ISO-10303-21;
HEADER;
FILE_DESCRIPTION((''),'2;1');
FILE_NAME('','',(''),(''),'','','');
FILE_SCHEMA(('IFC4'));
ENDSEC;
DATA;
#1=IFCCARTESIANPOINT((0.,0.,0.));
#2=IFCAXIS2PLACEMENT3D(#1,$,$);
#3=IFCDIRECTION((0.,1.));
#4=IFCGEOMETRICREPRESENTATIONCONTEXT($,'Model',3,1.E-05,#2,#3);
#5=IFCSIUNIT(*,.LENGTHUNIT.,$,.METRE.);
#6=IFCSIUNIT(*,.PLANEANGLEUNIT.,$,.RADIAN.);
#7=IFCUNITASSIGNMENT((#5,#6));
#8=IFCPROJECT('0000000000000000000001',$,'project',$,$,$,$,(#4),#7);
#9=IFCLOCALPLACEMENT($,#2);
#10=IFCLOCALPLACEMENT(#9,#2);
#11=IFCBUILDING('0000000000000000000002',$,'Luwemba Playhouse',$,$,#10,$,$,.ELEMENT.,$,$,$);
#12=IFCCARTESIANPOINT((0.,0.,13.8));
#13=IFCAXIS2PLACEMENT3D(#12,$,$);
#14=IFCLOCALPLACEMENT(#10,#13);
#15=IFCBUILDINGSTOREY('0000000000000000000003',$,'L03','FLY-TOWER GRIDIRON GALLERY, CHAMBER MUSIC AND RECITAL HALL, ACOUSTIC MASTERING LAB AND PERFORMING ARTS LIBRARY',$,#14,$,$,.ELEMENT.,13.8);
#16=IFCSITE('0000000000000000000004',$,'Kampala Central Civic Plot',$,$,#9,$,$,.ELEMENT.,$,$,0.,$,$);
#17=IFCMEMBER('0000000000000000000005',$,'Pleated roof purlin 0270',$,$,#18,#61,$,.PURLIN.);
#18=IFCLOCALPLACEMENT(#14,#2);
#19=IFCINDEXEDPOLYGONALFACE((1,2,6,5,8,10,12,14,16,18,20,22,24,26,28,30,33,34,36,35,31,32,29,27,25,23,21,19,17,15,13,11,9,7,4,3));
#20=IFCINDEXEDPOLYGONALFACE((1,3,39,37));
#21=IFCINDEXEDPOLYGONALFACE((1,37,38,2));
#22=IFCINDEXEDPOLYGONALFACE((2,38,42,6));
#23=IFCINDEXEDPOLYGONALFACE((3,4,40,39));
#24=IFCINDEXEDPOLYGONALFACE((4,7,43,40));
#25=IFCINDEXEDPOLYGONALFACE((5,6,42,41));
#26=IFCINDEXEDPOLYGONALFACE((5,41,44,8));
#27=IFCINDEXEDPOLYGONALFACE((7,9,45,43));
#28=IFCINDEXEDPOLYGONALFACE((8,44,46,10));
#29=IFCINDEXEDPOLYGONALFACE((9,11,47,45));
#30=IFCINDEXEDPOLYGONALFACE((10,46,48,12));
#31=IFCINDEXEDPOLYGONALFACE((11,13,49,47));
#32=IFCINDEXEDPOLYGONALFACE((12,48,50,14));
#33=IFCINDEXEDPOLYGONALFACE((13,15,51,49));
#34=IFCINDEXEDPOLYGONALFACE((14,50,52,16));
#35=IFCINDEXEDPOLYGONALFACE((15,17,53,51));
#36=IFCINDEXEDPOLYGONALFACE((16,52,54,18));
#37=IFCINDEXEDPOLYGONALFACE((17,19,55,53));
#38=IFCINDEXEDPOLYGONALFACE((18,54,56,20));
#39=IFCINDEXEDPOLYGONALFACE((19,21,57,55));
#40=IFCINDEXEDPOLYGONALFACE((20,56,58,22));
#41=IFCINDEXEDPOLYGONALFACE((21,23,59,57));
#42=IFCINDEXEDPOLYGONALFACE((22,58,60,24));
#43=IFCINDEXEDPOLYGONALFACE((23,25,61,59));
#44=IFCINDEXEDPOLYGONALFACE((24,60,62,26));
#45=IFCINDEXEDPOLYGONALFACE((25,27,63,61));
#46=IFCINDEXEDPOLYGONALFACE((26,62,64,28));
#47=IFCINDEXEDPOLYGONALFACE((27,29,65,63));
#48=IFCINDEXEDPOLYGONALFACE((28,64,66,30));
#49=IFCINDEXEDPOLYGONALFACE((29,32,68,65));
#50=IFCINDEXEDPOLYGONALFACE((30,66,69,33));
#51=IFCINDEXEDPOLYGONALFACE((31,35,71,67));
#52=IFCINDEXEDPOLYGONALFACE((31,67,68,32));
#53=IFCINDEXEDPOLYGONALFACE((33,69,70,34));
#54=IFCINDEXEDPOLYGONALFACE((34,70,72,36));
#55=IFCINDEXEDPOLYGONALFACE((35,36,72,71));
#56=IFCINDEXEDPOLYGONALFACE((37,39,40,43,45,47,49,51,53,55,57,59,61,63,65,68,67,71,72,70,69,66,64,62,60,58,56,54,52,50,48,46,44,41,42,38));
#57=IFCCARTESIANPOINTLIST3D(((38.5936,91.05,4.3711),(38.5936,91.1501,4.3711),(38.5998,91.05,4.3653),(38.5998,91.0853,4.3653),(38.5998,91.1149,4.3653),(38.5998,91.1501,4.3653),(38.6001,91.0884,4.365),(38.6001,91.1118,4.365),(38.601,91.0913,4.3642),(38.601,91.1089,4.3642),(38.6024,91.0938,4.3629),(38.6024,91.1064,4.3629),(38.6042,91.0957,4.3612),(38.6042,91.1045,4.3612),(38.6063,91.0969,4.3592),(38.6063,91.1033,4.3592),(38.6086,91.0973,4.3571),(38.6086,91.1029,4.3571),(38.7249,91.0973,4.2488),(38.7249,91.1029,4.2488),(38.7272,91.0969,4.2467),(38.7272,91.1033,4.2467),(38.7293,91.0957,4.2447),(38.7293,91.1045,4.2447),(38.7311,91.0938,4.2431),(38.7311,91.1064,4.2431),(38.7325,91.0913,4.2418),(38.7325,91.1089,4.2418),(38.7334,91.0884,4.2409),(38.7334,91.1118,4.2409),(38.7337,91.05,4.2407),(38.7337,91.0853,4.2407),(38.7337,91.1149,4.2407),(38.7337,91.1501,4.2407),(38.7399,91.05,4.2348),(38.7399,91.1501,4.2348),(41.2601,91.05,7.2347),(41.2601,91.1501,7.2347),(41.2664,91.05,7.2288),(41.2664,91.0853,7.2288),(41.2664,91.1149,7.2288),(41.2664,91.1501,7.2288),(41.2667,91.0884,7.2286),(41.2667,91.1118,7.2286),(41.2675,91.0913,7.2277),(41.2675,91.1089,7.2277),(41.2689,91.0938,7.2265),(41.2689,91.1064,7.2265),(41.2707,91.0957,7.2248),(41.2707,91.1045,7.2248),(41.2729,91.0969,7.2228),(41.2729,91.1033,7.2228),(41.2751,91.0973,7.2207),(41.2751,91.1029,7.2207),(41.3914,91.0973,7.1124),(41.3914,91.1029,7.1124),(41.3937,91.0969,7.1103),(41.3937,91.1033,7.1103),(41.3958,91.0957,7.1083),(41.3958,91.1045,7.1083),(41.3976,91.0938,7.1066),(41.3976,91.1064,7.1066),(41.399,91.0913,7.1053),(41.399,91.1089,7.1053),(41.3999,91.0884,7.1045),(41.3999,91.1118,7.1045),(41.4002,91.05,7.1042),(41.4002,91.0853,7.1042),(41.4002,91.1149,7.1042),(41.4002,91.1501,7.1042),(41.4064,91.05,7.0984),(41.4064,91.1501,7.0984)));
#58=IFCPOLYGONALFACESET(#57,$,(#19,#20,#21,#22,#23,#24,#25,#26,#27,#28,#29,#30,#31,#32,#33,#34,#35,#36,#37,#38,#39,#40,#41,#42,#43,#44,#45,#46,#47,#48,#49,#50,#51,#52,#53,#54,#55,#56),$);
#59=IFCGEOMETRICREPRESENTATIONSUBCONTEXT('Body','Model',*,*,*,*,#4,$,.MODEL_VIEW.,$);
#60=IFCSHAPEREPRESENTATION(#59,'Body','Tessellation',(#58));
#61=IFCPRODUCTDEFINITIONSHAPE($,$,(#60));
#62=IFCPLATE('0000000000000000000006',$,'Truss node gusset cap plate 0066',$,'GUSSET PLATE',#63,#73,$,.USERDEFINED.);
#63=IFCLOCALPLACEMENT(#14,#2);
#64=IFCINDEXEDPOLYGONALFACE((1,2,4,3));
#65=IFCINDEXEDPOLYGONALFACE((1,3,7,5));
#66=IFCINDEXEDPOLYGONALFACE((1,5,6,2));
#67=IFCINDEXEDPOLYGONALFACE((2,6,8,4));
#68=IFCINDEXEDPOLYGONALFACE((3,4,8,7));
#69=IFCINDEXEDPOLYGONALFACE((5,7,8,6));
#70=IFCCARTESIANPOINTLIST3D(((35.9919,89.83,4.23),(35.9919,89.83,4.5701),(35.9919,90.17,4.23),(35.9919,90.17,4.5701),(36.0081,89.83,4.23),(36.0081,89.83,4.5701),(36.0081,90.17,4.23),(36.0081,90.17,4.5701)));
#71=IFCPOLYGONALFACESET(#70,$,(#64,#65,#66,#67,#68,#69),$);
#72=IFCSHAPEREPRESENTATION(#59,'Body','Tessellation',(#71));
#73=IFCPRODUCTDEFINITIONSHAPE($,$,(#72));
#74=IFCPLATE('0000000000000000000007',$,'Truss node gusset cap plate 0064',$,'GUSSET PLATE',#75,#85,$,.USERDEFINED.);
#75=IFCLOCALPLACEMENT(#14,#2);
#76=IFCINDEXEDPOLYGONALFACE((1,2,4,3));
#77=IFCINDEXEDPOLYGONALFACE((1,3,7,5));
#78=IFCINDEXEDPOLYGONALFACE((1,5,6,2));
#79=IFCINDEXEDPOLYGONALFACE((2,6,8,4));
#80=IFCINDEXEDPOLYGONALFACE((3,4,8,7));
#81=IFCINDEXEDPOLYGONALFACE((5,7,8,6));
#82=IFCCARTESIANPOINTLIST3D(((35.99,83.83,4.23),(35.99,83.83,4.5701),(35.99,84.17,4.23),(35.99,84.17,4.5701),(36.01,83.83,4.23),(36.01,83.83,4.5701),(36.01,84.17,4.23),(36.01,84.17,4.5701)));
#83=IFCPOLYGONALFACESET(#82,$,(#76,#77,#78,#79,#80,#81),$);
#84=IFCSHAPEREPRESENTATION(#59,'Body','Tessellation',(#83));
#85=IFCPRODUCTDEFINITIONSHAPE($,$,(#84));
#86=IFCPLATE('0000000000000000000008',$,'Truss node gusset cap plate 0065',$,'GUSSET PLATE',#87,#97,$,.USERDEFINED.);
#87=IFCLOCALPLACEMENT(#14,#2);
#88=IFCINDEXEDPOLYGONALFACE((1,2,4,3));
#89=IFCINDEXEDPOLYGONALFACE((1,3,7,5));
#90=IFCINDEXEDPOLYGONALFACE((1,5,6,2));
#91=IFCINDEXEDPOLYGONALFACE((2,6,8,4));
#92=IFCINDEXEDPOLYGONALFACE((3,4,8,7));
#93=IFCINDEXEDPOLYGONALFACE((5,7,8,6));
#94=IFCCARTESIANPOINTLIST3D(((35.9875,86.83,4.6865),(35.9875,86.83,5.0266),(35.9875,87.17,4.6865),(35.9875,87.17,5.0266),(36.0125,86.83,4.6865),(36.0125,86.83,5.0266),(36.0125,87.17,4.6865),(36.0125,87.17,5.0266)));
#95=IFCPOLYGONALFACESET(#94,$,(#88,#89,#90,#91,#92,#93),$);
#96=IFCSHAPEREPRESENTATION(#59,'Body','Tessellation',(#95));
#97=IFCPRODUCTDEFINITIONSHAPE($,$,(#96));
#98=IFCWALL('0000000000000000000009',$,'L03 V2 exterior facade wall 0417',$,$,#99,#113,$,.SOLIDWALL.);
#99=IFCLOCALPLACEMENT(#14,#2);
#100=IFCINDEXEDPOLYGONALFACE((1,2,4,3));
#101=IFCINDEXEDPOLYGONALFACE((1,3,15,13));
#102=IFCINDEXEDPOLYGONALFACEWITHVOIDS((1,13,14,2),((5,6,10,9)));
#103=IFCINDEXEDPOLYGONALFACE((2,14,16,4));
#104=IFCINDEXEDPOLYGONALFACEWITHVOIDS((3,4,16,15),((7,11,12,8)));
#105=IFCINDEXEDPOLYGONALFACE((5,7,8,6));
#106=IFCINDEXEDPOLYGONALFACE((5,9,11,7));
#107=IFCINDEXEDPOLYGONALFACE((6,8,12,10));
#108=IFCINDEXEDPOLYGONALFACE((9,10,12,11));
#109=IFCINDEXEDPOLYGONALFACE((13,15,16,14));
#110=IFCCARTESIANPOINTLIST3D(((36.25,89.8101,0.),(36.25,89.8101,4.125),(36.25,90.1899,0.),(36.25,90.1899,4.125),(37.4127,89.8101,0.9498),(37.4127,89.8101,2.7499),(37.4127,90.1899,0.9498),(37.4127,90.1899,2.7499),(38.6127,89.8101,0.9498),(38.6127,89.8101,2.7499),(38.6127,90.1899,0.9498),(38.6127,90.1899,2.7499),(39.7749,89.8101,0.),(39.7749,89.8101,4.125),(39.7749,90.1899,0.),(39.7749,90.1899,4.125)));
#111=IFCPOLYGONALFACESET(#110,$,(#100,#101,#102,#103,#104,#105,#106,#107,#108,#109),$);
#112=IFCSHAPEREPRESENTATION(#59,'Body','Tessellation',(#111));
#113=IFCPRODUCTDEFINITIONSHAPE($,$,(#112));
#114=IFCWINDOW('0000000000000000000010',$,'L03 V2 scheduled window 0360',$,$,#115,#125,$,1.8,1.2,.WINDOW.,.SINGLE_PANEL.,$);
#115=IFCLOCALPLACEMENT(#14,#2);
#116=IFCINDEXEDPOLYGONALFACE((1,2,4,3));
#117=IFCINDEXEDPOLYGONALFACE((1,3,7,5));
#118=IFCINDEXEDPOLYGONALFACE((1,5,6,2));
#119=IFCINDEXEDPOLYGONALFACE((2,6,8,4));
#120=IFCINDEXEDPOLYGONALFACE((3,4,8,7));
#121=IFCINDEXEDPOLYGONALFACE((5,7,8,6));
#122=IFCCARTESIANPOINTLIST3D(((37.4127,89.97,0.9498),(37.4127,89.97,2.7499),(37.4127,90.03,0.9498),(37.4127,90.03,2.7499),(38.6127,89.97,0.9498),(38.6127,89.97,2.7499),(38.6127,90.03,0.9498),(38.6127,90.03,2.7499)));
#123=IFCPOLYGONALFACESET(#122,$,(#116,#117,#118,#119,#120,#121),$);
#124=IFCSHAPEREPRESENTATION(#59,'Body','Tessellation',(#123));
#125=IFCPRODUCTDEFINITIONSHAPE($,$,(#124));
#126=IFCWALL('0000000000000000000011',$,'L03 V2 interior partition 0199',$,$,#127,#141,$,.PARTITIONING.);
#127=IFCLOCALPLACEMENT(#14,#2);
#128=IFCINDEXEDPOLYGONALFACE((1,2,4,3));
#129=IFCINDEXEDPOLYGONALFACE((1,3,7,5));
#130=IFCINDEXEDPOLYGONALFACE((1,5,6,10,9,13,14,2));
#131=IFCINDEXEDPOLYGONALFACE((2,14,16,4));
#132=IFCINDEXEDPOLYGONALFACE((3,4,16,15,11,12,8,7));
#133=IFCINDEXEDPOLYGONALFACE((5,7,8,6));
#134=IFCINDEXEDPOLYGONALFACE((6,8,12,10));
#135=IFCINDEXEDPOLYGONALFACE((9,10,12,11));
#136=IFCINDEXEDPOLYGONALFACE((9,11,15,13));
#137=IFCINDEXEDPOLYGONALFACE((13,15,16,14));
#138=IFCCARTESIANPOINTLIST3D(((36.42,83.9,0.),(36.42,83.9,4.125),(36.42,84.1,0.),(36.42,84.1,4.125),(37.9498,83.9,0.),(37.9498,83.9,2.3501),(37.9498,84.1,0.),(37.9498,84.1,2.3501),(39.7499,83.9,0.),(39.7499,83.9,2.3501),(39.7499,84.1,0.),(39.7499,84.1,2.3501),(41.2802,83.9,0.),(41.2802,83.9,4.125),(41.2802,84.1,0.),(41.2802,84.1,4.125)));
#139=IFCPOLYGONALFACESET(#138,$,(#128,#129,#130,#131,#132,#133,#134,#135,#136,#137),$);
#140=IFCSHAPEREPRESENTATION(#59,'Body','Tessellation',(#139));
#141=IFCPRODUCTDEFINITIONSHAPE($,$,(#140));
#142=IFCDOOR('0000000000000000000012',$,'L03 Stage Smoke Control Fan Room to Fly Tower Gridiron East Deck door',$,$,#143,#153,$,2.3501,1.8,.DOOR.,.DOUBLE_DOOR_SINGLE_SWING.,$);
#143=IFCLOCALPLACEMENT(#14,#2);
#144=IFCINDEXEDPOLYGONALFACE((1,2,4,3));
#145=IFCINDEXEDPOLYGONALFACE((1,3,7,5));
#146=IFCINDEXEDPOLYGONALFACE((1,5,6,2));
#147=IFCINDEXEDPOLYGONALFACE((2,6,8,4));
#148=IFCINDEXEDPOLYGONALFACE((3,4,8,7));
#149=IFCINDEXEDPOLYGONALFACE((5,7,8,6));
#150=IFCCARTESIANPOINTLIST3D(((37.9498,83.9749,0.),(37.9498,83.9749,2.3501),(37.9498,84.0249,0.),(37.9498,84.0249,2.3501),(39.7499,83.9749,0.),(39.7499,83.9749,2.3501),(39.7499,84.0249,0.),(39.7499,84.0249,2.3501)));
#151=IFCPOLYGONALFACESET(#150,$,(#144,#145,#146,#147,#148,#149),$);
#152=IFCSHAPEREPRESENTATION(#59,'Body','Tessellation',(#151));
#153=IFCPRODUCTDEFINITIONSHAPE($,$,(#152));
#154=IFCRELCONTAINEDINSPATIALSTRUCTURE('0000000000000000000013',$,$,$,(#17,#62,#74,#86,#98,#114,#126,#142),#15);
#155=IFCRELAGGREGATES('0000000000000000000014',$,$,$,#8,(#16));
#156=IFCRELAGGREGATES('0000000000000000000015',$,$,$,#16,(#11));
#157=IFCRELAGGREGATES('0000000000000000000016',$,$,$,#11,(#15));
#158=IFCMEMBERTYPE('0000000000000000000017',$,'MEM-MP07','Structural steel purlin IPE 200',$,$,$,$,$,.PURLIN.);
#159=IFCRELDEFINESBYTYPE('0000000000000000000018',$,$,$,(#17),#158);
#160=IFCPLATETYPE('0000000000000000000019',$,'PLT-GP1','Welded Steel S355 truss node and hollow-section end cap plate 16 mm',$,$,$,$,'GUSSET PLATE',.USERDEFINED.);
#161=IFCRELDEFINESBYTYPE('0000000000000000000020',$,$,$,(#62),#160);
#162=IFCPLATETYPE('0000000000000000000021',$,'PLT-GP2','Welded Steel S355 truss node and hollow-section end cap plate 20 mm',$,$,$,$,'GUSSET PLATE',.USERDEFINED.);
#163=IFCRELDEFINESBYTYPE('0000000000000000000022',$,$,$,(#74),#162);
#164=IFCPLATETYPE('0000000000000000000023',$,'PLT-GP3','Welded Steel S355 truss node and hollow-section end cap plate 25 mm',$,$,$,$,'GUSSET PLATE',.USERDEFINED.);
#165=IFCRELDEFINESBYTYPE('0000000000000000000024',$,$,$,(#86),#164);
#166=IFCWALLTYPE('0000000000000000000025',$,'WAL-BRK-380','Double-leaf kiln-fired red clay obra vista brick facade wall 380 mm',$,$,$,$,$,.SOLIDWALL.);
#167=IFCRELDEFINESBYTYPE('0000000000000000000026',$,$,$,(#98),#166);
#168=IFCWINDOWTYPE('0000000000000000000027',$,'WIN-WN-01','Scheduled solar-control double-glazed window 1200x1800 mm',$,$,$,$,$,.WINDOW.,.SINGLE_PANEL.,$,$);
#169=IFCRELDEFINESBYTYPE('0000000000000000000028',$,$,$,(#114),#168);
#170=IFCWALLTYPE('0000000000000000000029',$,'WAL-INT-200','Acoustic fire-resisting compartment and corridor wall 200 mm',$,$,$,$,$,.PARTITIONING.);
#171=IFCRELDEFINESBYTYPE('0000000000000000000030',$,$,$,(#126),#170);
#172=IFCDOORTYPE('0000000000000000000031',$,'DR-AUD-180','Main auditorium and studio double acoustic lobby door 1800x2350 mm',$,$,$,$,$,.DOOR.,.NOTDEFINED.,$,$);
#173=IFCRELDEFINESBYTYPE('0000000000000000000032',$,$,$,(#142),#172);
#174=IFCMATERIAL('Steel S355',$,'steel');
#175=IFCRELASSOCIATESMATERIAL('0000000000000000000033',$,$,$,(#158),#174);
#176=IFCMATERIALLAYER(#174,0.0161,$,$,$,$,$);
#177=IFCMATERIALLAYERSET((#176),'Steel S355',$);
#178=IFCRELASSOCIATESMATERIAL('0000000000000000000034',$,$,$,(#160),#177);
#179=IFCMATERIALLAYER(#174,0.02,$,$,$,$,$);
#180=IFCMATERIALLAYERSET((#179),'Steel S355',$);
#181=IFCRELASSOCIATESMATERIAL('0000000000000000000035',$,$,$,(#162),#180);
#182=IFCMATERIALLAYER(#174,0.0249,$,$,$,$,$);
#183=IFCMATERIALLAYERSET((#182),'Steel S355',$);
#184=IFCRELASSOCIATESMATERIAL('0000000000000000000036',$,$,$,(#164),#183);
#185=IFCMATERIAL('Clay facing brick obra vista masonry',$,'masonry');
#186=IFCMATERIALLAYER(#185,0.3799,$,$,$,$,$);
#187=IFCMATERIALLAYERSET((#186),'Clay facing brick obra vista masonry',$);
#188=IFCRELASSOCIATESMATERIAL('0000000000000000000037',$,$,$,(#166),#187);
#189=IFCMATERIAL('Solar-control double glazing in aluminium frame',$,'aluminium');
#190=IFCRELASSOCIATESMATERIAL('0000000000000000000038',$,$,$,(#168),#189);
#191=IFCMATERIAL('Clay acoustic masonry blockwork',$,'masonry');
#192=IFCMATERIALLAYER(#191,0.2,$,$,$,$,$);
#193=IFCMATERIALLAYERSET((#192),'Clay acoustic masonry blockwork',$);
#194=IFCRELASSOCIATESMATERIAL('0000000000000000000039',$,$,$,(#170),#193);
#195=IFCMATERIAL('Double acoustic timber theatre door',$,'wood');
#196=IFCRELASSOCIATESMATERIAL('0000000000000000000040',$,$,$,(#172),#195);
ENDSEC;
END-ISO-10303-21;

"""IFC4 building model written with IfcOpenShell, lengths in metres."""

from ifc_helpers import new_model, si_unit, direction, frame, frame_2d, origin, origin_2d, place, context, subcontext, project, spatial, rectangle, i_section, extrude, material, layer, layer_set, material_profile, profile_set, type_object, element, fill, save


model = new_model("IFC4")

# Units and contexts
model_context = context("Model", 3, precision=1e-05, world=origin(), true_north=direction((0.0, 1.0)))
body_context = subcontext(model_context, "Body", "Model", "MODEL_VIEW")
ifc_project = project(units=[si_unit("LENGTHUNIT", "METRE"), si_unit("PLANEANGLEUNIT", "RADIAN")], contexts=[model_context])

# Site, building, storey
site_placement = place(None, origin())
site = spatial("IfcSite", under=ifc_project, at=site_placement, Name="Kampala Central Civic Plot", CompositionType="ELEMENT", RefElevation=0.0)
building_placement = place(site_placement, origin())
building = spatial("IfcBuilding", under=site, at=building_placement, Name="Luwemba Playhouse", CompositionType="ELEMENT")
storey_placement = place(building_placement, frame((0.0, 0.0, 13.8)))
storey = spatial("IfcBuildingStorey", under=building, at=storey_placement, Name="L03", Description="FLY-TOWER GRIDIRON GALLERY, CHAMBER MUSIC AND RECITAL HALL, ACOUSTIC MASTERING LAB AND PERFORMING ARTS LIBRARY", CompositionType="ELEMENT", Elevation=13.8)

# Shared definitions
ifc_material_1 = material(Name="Steel S355", Category="steel")

# Member
ifc_material_profile_1 = material_profile(ifc_material_1, i_section(OverallWidth=0.1001, OverallDepth=0.2, WebThickness=0.0056, FlangeThickness=0.0085, FilletRadius=0.012, at=origin_2d()))
ifc_profile_set_1 = profile_set([ifc_material_profile_1], Name="Steel S355")
member_type_1 = type_object("IfcMemberType", Name="MEM-MP07", Description="Structural steel purlin IPE 200", PredefinedType="PURLIN", material=ifc_profile_set_1)
member_1_placement = place(storey_placement, frame((38.6667, 91.1001, 4.303), z_axis=(0.681482, 0.0, 0.731835), x_axis=(0.0, 1.0, 0.0)))
element("IfcMember", 1, at=member_1_placement, inside=storey, type_object=member_type_1, Name="Pleated roof purlin 0270", PredefinedType="PURLIN", context=body_context, shape_type="SweptSolid", body=[
    extrude(i_section(OverallWidth=0.1001, OverallDepth=0.2, WebThickness=0.0056, FlangeThickness=0.0085, FilletRadius=0.012, at=origin_2d()), origin(), (0.0, 0.0, 1.0), 3.9128),
])

# Plates
ifc_layer_1 = layer(ifc_material_1, 0.0161)
ifc_layer_set_1 = layer_set([ifc_layer_1], Name="Steel S355")
plate_type_1 = type_object("IfcPlateType", Name="PLT-GP1", Description="Welded Steel S355 truss node and hollow-section end cap plate 16 mm", ElementType="GUSSET PLATE", PredefinedType="USERDEFINED", material=ifc_layer_set_1)
plate_1_placement = place(storey_placement, frame((36.0, 90.0, 4.23), z_axis=(0.0, 0.0, 1.0), x_axis=(1.0, 0.0, 0.0)))
element("IfcPlate", 2, at=plate_1_placement, inside=storey, type_object=plate_type_1, Name="Truss node gusset cap plate 0066", ObjectType="GUSSET PLATE", PredefinedType="USERDEFINED", context=body_context, shape_type="SweptSolid", body=[
    extrude(rectangle(XDim=0.0161, YDim=0.3401, at=origin_2d()), origin(), (0.0, 0.0, 1.0), 0.3401),
])
ifc_layer_2 = layer(ifc_material_1, 0.02)
ifc_layer_set_2 = layer_set([ifc_layer_2], Name="Steel S355")
plate_type_2 = type_object("IfcPlateType", Name="PLT-GP2", Description="Welded Steel S355 truss node and hollow-section end cap plate 20 mm", ElementType="GUSSET PLATE", PredefinedType="USERDEFINED", material=ifc_layer_set_2)
plate_2_placement = place(storey_placement, frame((36.0, 84.0, 4.23), z_axis=(0.0, 0.0, 1.0), x_axis=(1.0, 0.0, 0.0)))
element("IfcPlate", 3, at=plate_2_placement, inside=storey, type_object=plate_type_2, Name="Truss node gusset cap plate 0064", ObjectType="GUSSET PLATE", PredefinedType="USERDEFINED", context=body_context, shape_type="SweptSolid", body=[
    extrude(rectangle(XDim=0.02, YDim=0.3401, at=origin_2d()), origin(), (0.0, 0.0, 1.0), 0.3401),
])
ifc_layer_3 = layer(ifc_material_1, 0.0249)
ifc_layer_set_3 = layer_set([ifc_layer_3], Name="Steel S355")
plate_type_3 = type_object("IfcPlateType", Name="PLT-GP3", Description="Welded Steel S355 truss node and hollow-section end cap plate 25 mm", ElementType="GUSSET PLATE", PredefinedType="USERDEFINED", material=ifc_layer_set_3)
plate_3_placement = place(storey_placement, frame((36.0, 87.0, 4.6865), z_axis=(0.0, 0.0, 1.0), x_axis=(1.0, 0.0, 0.0)))
element("IfcPlate", 4, at=plate_3_placement, inside=storey, type_object=plate_type_3, Name="Truss node gusset cap plate 0065", ObjectType="GUSSET PLATE", PredefinedType="USERDEFINED", context=body_context, shape_type="SweptSolid", body=[
    extrude(rectangle(XDim=0.0249, YDim=0.3401, at=origin_2d()), origin(), (0.0, 0.0, 1.0), 0.3401),
])

# Wall, opening, window
ifc_material_2 = material(Name="Clay facing brick obra vista masonry", Category="masonry")
ifc_layer_4 = layer(ifc_material_2, 0.3799)
ifc_layer_set_4 = layer_set([ifc_layer_4], Name="Clay facing brick obra vista masonry")
wall_type_1 = type_object("IfcWallType", Name="WAL-BRK-380", Description="Double-leaf kiln-fired red clay obra vista brick facade wall 380 mm", PredefinedType="SOLIDWALL", material=ifc_layer_set_4)
wall_1_placement = place(storey_placement, frame((36.25, 90.0, 0.0), z_axis=(0.0, 0.0, 1.0), x_axis=(1.0, 0.0, 0.0)))
wall_1 = element("IfcWall", 5, at=wall_1_placement, inside=storey, type_object=wall_type_1, Name="L03 V2 exterior facade wall 0417", PredefinedType="SOLIDWALL", context=body_context, shape_type="SweptSolid", body=[
    extrude(rectangle(XDim=3.5249, YDim=0.3799, at=frame_2d((1.7625, 0.0))), origin(), (0.0, 0.0, 1.0), 4.125),
])
opening_1_placement = place(wall_1_placement, frame((1.1626, 0.0, 0.95)))
opening_1 = element("IfcOpeningElement", 6, at=opening_1_placement, cuts=wall_1, PredefinedType="OPENING", context=body_context, shape_type="SweptSolid", body=[
    extrude(rectangle(XDim=1.2, YDim=1.8, at=frame_2d((0.6001, 0.8999))), frame((0.0, 0.2, 0.0), z_axis=(0.0, -1.0, 0.0), x_axis=(1.0, 0.0, 0.0)), (0.0, 0.0, 1.0), 0.3999),
])
ifc_material_3 = material(Name="Solar-control double glazing in aluminium frame", Category="aluminium")
window_type_1 = type_object("IfcWindowType", Name="WIN-WN-01", Description="Scheduled solar-control double-glazed window 1200x1800 mm", PartitioningType="SINGLE_PANEL", PredefinedType="WINDOW", material=ifc_material_3)
window_1_placement = place(opening_1_placement, origin())
window_1 = element("IfcWindow", 7, at=window_1_placement, inside=storey, type_object=window_type_1, Name="L03 V2 scheduled window 0360", OverallHeight=1.8, OverallWidth=1.2, PartitioningType="SINGLE_PANEL", PredefinedType="WINDOW", context=body_context, shape_type="SweptSolid", body=[
    extrude(rectangle(XDim=1.2, YDim=1.8, at=frame_2d((0.6001, 0.8999))), frame((0.0, 0.03, 0.0), z_axis=(0.0, -1.0, 0.0), x_axis=(1.0, 0.0, 0.0)), (0.0, 0.0, 1.0), 0.0601),
])
fill(opening_1, window_1)

# Wall, opening, door
ifc_material_4 = material(Name="Clay acoustic masonry blockwork", Category="masonry")
ifc_layer_5 = layer(ifc_material_4, 0.2)
ifc_layer_set_5 = layer_set([ifc_layer_5], Name="Clay acoustic masonry blockwork")
wall_type_2 = type_object("IfcWallType", Name="WAL-INT-200", Description="Acoustic fire-resisting compartment and corridor wall 200 mm", PredefinedType="PARTITIONING", material=ifc_layer_set_5)
wall_2_placement = place(storey_placement, frame((36.4199, 84.0, 0.0), z_axis=(0.0, 0.0, 1.0), x_axis=(1.0, 0.0, 0.0)))
wall_2 = element("IfcWall", 8, at=wall_2_placement, inside=storey, type_object=wall_type_2, Name="L03 V2 interior partition 0199", PredefinedType="PARTITIONING", context=body_context, shape_type="SweptSolid", body=[
    extrude(rectangle(XDim=4.8601, YDim=0.2, at=frame_2d((2.4302, 0.0))), origin(), (0.0, 0.0, 1.0), 4.125),
])
opening_2_placement = place(wall_2_placement, frame((1.53, 0.0, 0.0)))
opening_2 = element("IfcOpeningElement", 9, at=opening_2_placement, cuts=wall_2, PredefinedType="OPENING", context=body_context, shape_type="SweptSolid", body=[
    extrude(rectangle(XDim=1.8, YDim=2.3501, at=frame_2d((0.8999, 1.175))), frame((0.0, 0.1099, 0.0), z_axis=(0.0, -1.0, 0.0), x_axis=(1.0, 0.0, 0.0)), (0.0, 0.0, 1.0), 0.22),
])
ifc_material_5 = material(Name="Double acoustic timber theatre door", Category="wood")
door_type = type_object("IfcDoorType", Name="DR-AUD-180", Description="Main auditorium and studio double acoustic lobby door 1800x2350 mm", OperationType="NOTDEFINED", PredefinedType="DOOR", material=ifc_material_5)
door_placement = place(opening_2_placement, origin())
door = element("IfcDoor", 10, at=door_placement, inside=storey, type_object=door_type, Name="L03 Stage Smoke Control Fan Room to Fly Tower Gridiron East Deck door", OperationType="DOUBLE_DOOR_SINGLE_SWING", OverallHeight=2.3501, OverallWidth=1.8, PredefinedType="DOOR", context=body_context, shape_type="SweptSolid", body=[
    extrude(rectangle(XDim=1.8, YDim=2.3501, at=frame_2d((0.8999, 1.175))), frame((0.0, 0.0249, 0.0), z_axis=(0.0, -1.0, 0.0), x_axis=(1.0, 0.0, 0.0)), (0.0, 0.0, 1.0), 0.05),
])
fill(opening_2, door)

save(model, "model.ifc")
